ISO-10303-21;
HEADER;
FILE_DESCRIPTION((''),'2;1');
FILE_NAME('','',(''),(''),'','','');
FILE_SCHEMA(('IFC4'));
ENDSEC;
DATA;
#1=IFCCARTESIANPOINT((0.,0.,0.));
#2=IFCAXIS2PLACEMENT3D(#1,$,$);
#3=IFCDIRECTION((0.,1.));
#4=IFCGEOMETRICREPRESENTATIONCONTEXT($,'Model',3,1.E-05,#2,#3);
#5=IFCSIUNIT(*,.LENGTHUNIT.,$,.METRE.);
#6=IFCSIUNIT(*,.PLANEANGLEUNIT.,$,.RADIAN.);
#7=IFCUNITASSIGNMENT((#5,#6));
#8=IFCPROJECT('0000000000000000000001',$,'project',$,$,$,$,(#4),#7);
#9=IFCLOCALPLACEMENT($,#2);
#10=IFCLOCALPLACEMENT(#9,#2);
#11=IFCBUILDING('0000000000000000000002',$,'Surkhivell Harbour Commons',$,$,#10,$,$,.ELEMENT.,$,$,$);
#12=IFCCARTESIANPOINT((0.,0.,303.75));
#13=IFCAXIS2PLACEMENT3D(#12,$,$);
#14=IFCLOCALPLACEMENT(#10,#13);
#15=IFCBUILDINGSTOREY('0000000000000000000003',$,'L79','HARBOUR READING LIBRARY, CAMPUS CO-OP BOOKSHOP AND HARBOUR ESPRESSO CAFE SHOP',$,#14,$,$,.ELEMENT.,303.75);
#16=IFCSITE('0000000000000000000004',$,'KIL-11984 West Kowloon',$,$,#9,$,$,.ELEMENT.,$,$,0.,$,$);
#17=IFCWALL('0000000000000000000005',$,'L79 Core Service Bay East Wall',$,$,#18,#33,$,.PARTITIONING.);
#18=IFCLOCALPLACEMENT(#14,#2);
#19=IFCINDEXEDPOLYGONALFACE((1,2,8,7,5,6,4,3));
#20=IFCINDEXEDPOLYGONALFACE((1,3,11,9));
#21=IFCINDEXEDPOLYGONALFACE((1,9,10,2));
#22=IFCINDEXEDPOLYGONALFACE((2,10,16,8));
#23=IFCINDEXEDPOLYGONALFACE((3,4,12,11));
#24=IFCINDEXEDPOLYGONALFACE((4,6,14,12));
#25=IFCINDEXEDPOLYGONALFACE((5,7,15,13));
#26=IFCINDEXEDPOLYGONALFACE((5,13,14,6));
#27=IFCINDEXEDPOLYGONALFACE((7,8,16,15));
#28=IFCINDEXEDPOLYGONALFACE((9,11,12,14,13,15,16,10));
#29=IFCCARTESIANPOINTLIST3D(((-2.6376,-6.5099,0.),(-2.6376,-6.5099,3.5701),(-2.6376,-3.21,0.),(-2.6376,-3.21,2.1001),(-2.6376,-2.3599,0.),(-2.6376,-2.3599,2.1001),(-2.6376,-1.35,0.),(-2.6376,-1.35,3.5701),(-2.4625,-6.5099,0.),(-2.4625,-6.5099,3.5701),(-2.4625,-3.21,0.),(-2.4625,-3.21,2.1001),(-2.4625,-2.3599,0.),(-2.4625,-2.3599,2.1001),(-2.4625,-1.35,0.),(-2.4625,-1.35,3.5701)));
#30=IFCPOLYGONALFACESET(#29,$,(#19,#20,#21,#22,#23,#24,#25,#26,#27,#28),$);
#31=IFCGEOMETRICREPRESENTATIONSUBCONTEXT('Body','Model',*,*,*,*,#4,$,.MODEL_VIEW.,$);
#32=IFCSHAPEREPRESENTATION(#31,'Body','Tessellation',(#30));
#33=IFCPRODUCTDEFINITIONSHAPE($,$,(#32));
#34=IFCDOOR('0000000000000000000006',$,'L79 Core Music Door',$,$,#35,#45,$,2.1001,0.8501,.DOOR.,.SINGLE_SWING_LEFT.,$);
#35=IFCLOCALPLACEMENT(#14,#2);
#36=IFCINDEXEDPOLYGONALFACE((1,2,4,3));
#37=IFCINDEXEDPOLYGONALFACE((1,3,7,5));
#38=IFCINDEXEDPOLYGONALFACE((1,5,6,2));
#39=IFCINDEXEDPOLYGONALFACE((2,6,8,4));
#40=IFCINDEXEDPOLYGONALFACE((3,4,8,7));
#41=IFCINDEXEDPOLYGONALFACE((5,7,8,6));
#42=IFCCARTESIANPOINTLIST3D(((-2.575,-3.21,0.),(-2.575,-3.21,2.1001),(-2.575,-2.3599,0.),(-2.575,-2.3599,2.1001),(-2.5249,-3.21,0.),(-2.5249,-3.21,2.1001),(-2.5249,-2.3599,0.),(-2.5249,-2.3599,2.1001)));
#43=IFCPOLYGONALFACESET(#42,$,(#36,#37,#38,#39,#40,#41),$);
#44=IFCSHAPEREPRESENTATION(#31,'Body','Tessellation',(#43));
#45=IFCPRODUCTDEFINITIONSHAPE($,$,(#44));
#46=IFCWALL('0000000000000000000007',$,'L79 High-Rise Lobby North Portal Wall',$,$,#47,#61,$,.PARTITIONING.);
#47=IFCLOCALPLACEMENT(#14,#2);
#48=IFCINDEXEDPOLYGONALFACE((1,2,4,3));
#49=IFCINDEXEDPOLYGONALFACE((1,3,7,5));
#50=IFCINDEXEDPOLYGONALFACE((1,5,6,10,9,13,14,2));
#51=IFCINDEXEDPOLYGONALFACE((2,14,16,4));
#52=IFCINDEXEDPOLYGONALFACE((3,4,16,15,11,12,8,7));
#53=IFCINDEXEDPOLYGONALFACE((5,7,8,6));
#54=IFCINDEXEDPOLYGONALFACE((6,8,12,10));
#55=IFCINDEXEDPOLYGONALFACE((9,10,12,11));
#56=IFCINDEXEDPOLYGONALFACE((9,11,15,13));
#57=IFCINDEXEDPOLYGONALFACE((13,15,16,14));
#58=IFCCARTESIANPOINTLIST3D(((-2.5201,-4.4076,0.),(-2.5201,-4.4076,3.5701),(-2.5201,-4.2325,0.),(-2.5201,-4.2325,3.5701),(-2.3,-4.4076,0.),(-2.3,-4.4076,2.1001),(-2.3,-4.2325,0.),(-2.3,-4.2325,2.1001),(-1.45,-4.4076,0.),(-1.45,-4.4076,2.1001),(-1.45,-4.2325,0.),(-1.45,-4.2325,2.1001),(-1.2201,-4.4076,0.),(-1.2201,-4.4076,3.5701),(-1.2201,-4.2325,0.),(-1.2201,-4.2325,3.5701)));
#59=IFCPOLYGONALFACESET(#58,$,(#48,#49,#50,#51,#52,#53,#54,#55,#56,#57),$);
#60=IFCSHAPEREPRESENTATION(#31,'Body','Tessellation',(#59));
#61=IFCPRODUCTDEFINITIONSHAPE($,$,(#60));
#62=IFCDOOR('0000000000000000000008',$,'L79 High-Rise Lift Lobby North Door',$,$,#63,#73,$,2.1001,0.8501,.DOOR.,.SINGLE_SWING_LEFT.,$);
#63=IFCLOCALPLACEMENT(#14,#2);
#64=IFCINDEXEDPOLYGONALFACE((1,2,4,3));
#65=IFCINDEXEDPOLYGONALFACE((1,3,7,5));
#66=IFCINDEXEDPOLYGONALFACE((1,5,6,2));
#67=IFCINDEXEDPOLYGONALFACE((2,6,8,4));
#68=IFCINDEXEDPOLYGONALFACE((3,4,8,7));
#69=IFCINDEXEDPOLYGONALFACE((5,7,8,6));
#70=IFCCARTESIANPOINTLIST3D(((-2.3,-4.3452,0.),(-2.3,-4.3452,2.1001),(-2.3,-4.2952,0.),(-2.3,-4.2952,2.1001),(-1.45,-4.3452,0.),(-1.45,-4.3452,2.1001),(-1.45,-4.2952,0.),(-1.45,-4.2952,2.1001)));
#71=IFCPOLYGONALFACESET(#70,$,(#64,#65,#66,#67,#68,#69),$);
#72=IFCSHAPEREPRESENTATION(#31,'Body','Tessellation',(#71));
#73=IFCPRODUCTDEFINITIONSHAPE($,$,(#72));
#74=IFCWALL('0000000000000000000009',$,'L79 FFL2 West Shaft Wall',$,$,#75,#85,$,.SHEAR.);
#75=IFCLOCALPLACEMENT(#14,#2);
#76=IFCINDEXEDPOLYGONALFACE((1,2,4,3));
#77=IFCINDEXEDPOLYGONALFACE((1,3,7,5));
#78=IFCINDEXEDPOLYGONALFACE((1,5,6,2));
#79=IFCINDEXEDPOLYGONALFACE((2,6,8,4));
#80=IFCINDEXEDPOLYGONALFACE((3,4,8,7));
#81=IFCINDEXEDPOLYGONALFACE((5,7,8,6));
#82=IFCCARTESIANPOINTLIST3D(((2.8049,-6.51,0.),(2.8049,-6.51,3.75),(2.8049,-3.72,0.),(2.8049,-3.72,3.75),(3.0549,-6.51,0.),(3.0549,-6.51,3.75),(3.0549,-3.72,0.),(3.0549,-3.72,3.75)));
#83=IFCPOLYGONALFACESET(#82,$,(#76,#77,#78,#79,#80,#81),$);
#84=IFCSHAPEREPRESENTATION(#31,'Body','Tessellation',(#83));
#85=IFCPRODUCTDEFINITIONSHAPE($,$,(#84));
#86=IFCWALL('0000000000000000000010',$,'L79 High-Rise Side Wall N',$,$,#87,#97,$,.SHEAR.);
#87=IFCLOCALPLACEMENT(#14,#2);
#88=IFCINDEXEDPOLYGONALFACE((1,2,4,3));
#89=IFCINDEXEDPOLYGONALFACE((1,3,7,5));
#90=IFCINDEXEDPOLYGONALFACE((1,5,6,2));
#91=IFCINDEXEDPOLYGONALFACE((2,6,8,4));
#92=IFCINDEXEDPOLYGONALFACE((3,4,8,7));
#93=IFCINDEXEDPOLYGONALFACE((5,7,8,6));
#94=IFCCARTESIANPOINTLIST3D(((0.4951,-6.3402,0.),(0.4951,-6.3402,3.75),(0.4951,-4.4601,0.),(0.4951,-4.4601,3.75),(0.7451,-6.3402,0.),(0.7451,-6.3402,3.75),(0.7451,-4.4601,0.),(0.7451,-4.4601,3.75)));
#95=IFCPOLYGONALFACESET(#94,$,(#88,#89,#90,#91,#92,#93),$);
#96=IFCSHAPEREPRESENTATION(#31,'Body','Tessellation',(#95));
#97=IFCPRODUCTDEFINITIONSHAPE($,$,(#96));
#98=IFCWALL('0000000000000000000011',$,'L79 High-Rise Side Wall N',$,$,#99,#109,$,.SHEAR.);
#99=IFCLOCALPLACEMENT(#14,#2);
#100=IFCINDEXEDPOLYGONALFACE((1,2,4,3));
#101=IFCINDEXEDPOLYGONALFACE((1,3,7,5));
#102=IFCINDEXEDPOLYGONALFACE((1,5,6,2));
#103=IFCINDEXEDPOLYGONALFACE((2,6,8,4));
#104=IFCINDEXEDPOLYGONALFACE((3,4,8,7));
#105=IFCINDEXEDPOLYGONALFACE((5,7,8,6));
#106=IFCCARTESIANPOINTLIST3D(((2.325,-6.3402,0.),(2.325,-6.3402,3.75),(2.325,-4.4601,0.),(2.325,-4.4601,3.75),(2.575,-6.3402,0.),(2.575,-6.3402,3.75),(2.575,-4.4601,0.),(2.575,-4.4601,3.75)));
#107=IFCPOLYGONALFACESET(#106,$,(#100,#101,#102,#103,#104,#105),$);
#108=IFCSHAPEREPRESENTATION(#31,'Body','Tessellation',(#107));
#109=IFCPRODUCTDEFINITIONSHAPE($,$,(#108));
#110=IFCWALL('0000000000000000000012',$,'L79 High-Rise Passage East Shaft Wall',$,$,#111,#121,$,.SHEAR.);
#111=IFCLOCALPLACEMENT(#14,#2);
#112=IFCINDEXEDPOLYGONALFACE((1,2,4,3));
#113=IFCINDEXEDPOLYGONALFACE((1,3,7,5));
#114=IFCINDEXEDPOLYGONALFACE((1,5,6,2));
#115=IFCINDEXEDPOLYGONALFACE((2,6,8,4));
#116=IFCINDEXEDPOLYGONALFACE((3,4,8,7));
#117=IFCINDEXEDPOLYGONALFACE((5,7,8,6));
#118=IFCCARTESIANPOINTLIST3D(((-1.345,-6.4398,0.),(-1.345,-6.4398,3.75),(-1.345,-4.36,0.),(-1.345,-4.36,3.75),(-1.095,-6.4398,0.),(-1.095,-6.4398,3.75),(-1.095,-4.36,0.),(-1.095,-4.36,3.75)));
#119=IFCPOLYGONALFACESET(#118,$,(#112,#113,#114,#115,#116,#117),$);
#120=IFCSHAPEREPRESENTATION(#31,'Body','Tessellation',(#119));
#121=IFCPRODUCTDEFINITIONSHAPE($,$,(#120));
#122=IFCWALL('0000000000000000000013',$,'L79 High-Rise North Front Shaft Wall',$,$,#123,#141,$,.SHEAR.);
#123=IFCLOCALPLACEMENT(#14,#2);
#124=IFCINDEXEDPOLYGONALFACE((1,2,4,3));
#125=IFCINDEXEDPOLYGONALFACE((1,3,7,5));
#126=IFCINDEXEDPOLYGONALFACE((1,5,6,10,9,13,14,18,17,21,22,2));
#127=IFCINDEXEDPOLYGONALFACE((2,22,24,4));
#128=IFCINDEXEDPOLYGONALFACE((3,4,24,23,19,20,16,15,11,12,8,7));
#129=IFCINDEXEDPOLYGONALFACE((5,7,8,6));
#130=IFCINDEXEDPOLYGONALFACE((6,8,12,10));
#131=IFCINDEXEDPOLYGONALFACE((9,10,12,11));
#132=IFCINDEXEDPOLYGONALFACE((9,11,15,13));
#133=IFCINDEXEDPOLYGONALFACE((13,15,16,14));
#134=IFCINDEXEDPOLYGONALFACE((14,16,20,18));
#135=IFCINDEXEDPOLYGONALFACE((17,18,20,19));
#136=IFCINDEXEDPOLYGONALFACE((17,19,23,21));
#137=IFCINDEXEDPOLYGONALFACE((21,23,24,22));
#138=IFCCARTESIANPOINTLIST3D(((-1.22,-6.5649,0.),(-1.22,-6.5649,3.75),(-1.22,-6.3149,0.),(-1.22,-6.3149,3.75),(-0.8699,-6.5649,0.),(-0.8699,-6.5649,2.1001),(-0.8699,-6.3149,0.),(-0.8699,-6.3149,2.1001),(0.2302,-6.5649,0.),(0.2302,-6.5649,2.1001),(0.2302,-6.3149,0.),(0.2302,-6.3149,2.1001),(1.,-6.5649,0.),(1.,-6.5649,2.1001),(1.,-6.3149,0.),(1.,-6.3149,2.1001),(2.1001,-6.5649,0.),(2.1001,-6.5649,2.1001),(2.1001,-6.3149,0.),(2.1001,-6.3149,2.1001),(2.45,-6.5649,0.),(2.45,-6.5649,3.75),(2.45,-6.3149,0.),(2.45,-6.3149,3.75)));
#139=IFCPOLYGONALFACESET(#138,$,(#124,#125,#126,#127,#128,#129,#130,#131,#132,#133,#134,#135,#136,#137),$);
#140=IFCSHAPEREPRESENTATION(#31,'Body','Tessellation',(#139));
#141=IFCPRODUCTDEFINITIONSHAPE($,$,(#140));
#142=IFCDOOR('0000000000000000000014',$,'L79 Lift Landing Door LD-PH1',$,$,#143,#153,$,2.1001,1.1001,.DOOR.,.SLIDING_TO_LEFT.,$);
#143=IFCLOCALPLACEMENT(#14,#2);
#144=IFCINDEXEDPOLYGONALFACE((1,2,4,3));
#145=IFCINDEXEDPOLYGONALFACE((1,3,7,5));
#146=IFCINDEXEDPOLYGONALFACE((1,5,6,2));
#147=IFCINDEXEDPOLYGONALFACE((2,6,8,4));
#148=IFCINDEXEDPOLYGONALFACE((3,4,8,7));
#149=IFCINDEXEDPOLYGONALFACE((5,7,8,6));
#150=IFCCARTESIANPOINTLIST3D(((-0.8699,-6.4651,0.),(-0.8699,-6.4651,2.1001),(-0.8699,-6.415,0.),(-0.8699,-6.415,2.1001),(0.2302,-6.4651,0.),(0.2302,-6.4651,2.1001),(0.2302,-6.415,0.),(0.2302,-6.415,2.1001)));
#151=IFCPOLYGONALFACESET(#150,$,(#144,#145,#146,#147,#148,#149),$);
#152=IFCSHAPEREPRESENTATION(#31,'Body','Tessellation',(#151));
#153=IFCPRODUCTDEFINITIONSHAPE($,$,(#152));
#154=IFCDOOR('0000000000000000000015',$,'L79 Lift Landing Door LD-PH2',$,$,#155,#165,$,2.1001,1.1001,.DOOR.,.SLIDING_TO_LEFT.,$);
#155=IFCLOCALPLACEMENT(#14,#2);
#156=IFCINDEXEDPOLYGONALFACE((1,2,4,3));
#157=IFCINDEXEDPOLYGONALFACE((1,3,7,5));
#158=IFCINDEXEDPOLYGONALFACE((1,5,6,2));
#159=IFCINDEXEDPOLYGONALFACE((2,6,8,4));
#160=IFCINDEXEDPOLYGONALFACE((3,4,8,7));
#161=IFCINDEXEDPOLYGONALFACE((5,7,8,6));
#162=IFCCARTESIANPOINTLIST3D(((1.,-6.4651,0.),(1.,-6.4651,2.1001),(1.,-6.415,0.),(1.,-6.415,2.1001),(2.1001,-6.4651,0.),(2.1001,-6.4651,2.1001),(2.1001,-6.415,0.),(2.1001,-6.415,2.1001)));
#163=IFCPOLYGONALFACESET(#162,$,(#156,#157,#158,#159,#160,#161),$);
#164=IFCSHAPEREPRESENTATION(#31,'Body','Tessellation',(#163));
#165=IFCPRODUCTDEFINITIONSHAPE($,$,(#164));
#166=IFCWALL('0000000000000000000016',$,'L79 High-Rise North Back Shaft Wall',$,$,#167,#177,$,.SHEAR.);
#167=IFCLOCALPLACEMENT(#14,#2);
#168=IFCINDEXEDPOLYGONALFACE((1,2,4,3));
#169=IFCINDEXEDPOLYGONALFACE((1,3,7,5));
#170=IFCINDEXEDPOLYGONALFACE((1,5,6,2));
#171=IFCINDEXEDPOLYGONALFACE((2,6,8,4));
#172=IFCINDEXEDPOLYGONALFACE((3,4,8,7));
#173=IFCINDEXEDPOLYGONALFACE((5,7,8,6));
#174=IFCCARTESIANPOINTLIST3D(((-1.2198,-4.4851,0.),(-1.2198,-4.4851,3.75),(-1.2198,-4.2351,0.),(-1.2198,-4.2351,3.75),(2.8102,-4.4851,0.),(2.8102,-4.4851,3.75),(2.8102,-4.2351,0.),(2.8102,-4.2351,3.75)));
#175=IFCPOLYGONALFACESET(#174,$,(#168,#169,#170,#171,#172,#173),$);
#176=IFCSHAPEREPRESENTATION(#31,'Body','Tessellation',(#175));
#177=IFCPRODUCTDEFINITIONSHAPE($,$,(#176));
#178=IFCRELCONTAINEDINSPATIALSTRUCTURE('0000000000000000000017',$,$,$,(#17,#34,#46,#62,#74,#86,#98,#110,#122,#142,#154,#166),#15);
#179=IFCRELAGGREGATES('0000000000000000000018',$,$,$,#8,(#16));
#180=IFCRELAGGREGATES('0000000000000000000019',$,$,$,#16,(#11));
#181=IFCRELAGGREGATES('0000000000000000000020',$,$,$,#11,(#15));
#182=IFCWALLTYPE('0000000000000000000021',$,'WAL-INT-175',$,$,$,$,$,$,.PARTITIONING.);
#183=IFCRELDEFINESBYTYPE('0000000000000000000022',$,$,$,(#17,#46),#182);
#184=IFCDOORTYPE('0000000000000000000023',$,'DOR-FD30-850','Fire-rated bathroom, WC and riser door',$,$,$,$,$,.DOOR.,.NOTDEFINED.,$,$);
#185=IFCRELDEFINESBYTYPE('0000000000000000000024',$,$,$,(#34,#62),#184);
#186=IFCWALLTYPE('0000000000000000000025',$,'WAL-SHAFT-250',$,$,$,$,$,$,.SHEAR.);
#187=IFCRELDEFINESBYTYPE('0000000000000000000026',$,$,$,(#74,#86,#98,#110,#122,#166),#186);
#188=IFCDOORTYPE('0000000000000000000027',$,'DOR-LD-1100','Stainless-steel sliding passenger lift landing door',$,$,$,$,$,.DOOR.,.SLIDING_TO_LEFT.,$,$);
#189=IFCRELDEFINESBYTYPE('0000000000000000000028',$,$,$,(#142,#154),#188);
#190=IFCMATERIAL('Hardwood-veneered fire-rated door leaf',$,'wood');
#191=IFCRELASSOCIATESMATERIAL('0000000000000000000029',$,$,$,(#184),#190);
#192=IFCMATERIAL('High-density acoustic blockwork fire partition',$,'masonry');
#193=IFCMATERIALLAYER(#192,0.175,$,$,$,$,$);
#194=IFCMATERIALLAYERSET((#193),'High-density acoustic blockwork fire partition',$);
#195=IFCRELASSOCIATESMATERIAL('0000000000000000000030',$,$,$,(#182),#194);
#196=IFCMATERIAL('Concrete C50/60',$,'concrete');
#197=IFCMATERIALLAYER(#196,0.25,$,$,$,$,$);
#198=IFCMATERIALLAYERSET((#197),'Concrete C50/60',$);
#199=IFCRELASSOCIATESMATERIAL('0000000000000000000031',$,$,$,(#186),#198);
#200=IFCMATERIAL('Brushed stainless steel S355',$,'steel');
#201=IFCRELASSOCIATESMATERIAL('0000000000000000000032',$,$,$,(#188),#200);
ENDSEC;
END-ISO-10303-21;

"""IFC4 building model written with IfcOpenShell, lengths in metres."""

from ifc_helpers import new_model, si_unit, direction, frame, frame_2d, origin, place, context, subcontext, project, spatial, rectangle, extrude, material, layer, layer_set, type_object, element, fill, save


model = new_model("IFC4")

# Units and contexts
model_context = context("Model", 3, precision=1e-05, world=origin(), true_north=direction((0.0, 1.0)))
body_context = subcontext(model_context, "Body", "Model", "MODEL_VIEW")
ifc_project = project(units=[si_unit("LENGTHUNIT", "METRE"), si_unit("PLANEANGLEUNIT", "RADIAN")], contexts=[model_context])

# Site, building, storey
site_placement = place(None, origin())
site = spatial("IfcSite", under=ifc_project, at=site_placement, Name="KIL-11984 West Kowloon", CompositionType="ELEMENT", RefElevation=0.0)
building_placement = place(site_placement, origin())
building = spatial("IfcBuilding", under=site, at=building_placement, Name="Surkhivell Harbour Commons", CompositionType="ELEMENT")
storey_placement = place(building_placement, frame((0.0, 0.0, 303.75)))
storey = spatial("IfcBuildingStorey", under=building, at=storey_placement, Name="L79", Description="HARBOUR READING LIBRARY, CAMPUS CO-OP BOOKSHOP AND HARBOUR ESPRESSO CAFE SHOP", CompositionType="ELEMENT", Elevation=303.75)

# Walls, openings, doors
ifc_material_1 = material(Name="Hardwood-veneered fire-rated door leaf", Category="wood")
door_type_1 = type_object("IfcDoorType", Name="DOR-FD30-850", Description="Fire-rated bathroom, WC and riser door", OperationType="NOTDEFINED", PredefinedType="DOOR", material=ifc_material_1)
ifc_material_2 = material(Name="High-density acoustic blockwork fire partition", Category="masonry")
ifc_layer_1 = layer(ifc_material_2, 0.175)
ifc_layer_set_1 = layer_set([ifc_layer_1], Name="High-density acoustic blockwork fire partition")
wall_type_1 = type_object("IfcWallType", Name="WAL-INT-175", PredefinedType="PARTITIONING", material=ifc_layer_set_1)
wall_1_placement = place(storey_placement, frame((-2.55, -6.51, 0.0), z_axis=(0.0, 0.0, 1.0), x_axis=(0.0, 1.0, 0.0)))
wall_1 = element("IfcWall", 1, at=wall_1_placement, inside=storey, type_object=wall_type_1, Name="L79 Core Service Bay East Wall", PredefinedType="PARTITIONING", context=body_context, shape_type="SweptSolid", body=[
    extrude(rectangle(XDim=5.1599, YDim=0.175, at=frame_2d((2.5801, 0.0))), origin(), (0.0, 0.0, 1.0), 3.5701),
])
opening_1_placement = place(wall_1_placement, frame((3.3, 0.0, 0.0)))
opening_1 = element("IfcOpeningElement", 2, at=opening_1_placement, cuts=wall_1, PredefinedType="OPENING", context=body_context, shape_type="SweptSolid", body=[
    extrude(rectangle(XDim=0.8501, YDim=2.1001, at=frame_2d((0.425, 1.05))), frame((0.0, 0.0974, 0.0), z_axis=(0.0, -1.0, 0.0), x_axis=(1.0, 0.0, 0.0)), (0.0, 0.0, 1.0), 0.1951),
])
door_1_placement = place(opening_1_placement, origin())
door_1 = element("IfcDoor", 3, at=door_1_placement, inside=storey, type_object=door_type_1, Name="L79 Core Music Door", OperationType="SINGLE_SWING_LEFT", OverallHeight=2.1001, OverallWidth=0.8501, PredefinedType="DOOR", context=body_context, shape_type="SweptSolid", body=[
    extrude(rectangle(XDim=0.8501, YDim=2.1001, at=frame_2d((0.425, 1.05))), frame((0.0, 0.0249, 0.0), z_axis=(0.0, -1.0, 0.0), x_axis=(1.0, 0.0, 0.0)), (0.0, 0.0, 1.0), 0.05),
])
fill(opening_1, door_1)
wall_2_placement = place(storey_placement, frame((-2.52, -4.3201, 0.0), z_axis=(0.0, 0.0, 1.0), x_axis=(1.0, 0.0, 0.0)))
wall_2 = element("IfcWall", 4, at=wall_2_placement, inside=storey, type_object=wall_type_1, Name="L79 High-Rise Lobby North Portal Wall", PredefinedType="PARTITIONING", context=body_context, shape_type="SweptSolid", body=[
    extrude(rectangle(XDim=1.3, YDim=0.175, at=frame_2d((0.6499, 0.0))), origin(), (0.0, 0.0, 1.0), 3.5701),
])
opening_2_placement = place(wall_2_placement, frame((0.22, 0.0, 0.0)))
opening_2 = element("IfcOpeningElement", 5, at=opening_2_placement, cuts=wall_2, PredefinedType="OPENING", context=body_context, shape_type="SweptSolid", body=[
    extrude(rectangle(XDim=0.8501, YDim=2.1001, at=frame_2d((0.425, 1.05))), frame((0.0, 0.0974, 0.0), z_axis=(0.0, -1.0, 0.0), x_axis=(1.0, 0.0, 0.0)), (0.0, 0.0, 1.0), 0.1951),
])
door_2_placement = place(opening_2_placement, origin())
door_2 = element("IfcDoor", 6, at=door_2_placement, inside=storey, type_object=door_type_1, Name="L79 High-Rise Lift Lobby North Door", OperationType="SINGLE_SWING_LEFT", OverallHeight=2.1001, OverallWidth=0.8501, PredefinedType="DOOR", context=body_context, shape_type="SweptSolid", body=[
    extrude(rectangle(XDim=0.8501, YDim=2.1001, at=frame_2d((0.425, 1.05))), frame((0.0, 0.0249, 0.0), z_axis=(0.0, -1.0, 0.0), x_axis=(1.0, 0.0, 0.0)), (0.0, 0.0, 1.0), 0.05),
])
fill(opening_2, door_2)

# Walls
ifc_material_3 = material(Name="Concrete C50/60", Category="concrete")
ifc_layer_2 = layer(ifc_material_3, 0.25)
ifc_layer_set_2 = layer_set([ifc_layer_2], Name="Concrete C50/60")
wall_type_2 = type_object("IfcWallType", Name="WAL-SHAFT-250", PredefinedType="SHEAR", material=ifc_layer_set_2)
wall_3_placement = place(storey_placement, frame((2.9299, -6.51, 0.0), z_axis=(0.0, 0.0, 1.0), x_axis=(0.0, 1.0, 0.0)))
element("IfcWall", 7, at=wall_3_placement, inside=storey, type_object=wall_type_2, Name="L79 FFL2 West Shaft Wall", PredefinedType="SHEAR", context=body_context, shape_type="SweptSolid", body=[
    extrude(rectangle(XDim=2.79, YDim=0.25, at=frame_2d((1.395, 0.0))), origin(), (0.0, 0.0, 1.0), 3.75),
])
for number, where, z_axis, x_axis, name in (
    (8, (0.6201, -6.3401, 0.0), (0.0, 0.0, 1.0), (0.0, 1.0, 0.0), "L79 High-Rise Side Wall N"),
    (9, (2.45, -6.3401, 0.0), (0.0, 0.0, 1.0), (0.0, 1.0, 0.0), "L79 High-Rise Side Wall N"),
):
    element("IfcWall", number, at=place(storey_placement, frame(where, z_axis=z_axis, x_axis=x_axis)), inside=storey, type_object=wall_type_2, Name=name, PredefinedType="SHEAR", context=body_context, shape_type="SweptSolid", body=[
        extrude(rectangle(XDim=1.8801, YDim=0.25, at=frame_2d((0.9399, 0.0))), origin(), (0.0, 0.0, 1.0), 3.75),
    ])
wall_4_placement = place(storey_placement, frame((-1.22, -6.4399, 0.0), z_axis=(0.0, 0.0, 1.0), x_axis=(0.0, 1.0, 0.0)))
element("IfcWall", 10, at=wall_4_placement, inside=storey, type_object=wall_type_2, Name="L79 High-Rise Passage East Shaft Wall", PredefinedType="SHEAR", context=body_context, shape_type="SweptSolid", body=[
    extrude(rectangle(XDim=2.0798, YDim=0.25, at=frame_2d((1.04, 0.0))), origin(), (0.0, 0.0, 1.0), 3.75),
])

# Wall, openings, doors
wall_5_placement = place(storey_placement, frame((-1.22, -6.4399, 0.0), z_axis=(0.0, 0.0, 1.0), x_axis=(1.0, 0.0, 0.0)))
wall_5 = element("IfcWall", 11, at=wall_5_placement, inside=storey, type_object=wall_type_2, Name="L79 High-Rise North Front Shaft Wall", PredefinedType="SHEAR", context=body_context, shape_type="SweptSolid", body=[
    extrude(rectangle(XDim=3.6699, YDim=0.25, at=frame_2d((1.835, 0.0))), origin(), (0.0, 0.0, 1.0), 3.75),
])
opening_3_placement = place(wall_5_placement, frame((0.3501, 0.0, 0.0)))
opening_3 = element("IfcOpeningElement", 12, at=opening_3_placement, cuts=wall_5, PredefinedType="OPENING", context=body_context, shape_type="SweptSolid", body=[
    extrude(rectangle(XDim=1.1001, YDim=2.1001, at=frame_2d((0.55, 1.05))), frame((0.0, 0.135, 0.0), z_axis=(0.0, -1.0, 0.0), x_axis=(1.0, 0.0, 0.0)), (0.0, 0.0, 1.0), 0.27),
])
opening_4_placement = place(wall_5_placement, frame((2.22, 0.0, 0.0)))
opening_4 = element("IfcOpeningElement", 13, at=opening_4_placement, cuts=wall_5, PredefinedType="OPENING", context=body_context, shape_type="SweptSolid", body=[
    extrude(rectangle(XDim=1.1001, YDim=2.1001, at=frame_2d((0.55, 1.05))), frame((0.0, 0.135, 0.0), z_axis=(0.0, -1.0, 0.0), x_axis=(1.0, 0.0, 0.0)), (0.0, 0.0, 1.0), 0.27),
])
ifc_material_4 = material(Name="Brushed stainless steel S355", Category="steel")
door_type_2 = type_object("IfcDoorType", Name="DOR-LD-1100", Description="Stainless-steel sliding passenger lift landing door", OperationType="SLIDING_TO_LEFT", PredefinedType="DOOR", material=ifc_material_4)
door_3_placement = place(opening_3_placement, origin())
door_3 = element("IfcDoor", 14, at=door_3_placement, inside=storey, type_object=door_type_2, Name="L79 Lift Landing Door LD-PH1", OperationType="SLIDING_TO_LEFT", OverallHeight=2.1001, OverallWidth=1.1001, PredefinedType="DOOR", context=body_context, shape_type="SweptSolid", body=[
    extrude(rectangle(XDim=1.1001, YDim=2.1001, at=frame_2d((0.55, 1.05))), frame((0.0, 0.0249, 0.0), z_axis=(0.0, -1.0, 0.0), x_axis=(1.0, 0.0, 0.0)), (0.0, 0.0, 1.0), 0.05),
])
fill(opening_3, door_3)
door_4_placement = place(opening_4_placement, origin())
door_4 = element("IfcDoor", 15, at=door_4_placement, inside=storey, type_object=door_type_2, Name="L79 Lift Landing Door LD-PH2", OperationType="SLIDING_TO_LEFT", OverallHeight=2.1001, OverallWidth=1.1001, PredefinedType="DOOR", context=body_context, shape_type="SweptSolid", body=[
    extrude(rectangle(XDim=1.1001, YDim=2.1001, at=frame_2d((0.55, 1.05))), frame((0.0, 0.0249, 0.0), z_axis=(0.0, -1.0, 0.0), x_axis=(1.0, 0.0, 0.0)), (0.0, 0.0, 1.0), 0.05),
])
fill(opening_4, door_4)

# Wall
wall_6_placement = place(storey_placement, frame((-1.22, -4.3601, 0.0), z_axis=(0.0, 0.0, 1.0), x_axis=(1.0, 0.0, 0.0)))
element("IfcWall", 16, at=wall_6_placement, inside=storey, type_object=wall_type_2, Name="L79 High-Rise North Back Shaft Wall", PredefinedType="SHEAR", context=body_context, shape_type="SweptSolid", body=[
    extrude(rectangle(XDim=4.03, YDim=0.25, at=frame_2d((2.0151, 0.0))), origin(), (0.0, 0.0, 1.0), 3.75),
])

save(model, "model.ifc")
